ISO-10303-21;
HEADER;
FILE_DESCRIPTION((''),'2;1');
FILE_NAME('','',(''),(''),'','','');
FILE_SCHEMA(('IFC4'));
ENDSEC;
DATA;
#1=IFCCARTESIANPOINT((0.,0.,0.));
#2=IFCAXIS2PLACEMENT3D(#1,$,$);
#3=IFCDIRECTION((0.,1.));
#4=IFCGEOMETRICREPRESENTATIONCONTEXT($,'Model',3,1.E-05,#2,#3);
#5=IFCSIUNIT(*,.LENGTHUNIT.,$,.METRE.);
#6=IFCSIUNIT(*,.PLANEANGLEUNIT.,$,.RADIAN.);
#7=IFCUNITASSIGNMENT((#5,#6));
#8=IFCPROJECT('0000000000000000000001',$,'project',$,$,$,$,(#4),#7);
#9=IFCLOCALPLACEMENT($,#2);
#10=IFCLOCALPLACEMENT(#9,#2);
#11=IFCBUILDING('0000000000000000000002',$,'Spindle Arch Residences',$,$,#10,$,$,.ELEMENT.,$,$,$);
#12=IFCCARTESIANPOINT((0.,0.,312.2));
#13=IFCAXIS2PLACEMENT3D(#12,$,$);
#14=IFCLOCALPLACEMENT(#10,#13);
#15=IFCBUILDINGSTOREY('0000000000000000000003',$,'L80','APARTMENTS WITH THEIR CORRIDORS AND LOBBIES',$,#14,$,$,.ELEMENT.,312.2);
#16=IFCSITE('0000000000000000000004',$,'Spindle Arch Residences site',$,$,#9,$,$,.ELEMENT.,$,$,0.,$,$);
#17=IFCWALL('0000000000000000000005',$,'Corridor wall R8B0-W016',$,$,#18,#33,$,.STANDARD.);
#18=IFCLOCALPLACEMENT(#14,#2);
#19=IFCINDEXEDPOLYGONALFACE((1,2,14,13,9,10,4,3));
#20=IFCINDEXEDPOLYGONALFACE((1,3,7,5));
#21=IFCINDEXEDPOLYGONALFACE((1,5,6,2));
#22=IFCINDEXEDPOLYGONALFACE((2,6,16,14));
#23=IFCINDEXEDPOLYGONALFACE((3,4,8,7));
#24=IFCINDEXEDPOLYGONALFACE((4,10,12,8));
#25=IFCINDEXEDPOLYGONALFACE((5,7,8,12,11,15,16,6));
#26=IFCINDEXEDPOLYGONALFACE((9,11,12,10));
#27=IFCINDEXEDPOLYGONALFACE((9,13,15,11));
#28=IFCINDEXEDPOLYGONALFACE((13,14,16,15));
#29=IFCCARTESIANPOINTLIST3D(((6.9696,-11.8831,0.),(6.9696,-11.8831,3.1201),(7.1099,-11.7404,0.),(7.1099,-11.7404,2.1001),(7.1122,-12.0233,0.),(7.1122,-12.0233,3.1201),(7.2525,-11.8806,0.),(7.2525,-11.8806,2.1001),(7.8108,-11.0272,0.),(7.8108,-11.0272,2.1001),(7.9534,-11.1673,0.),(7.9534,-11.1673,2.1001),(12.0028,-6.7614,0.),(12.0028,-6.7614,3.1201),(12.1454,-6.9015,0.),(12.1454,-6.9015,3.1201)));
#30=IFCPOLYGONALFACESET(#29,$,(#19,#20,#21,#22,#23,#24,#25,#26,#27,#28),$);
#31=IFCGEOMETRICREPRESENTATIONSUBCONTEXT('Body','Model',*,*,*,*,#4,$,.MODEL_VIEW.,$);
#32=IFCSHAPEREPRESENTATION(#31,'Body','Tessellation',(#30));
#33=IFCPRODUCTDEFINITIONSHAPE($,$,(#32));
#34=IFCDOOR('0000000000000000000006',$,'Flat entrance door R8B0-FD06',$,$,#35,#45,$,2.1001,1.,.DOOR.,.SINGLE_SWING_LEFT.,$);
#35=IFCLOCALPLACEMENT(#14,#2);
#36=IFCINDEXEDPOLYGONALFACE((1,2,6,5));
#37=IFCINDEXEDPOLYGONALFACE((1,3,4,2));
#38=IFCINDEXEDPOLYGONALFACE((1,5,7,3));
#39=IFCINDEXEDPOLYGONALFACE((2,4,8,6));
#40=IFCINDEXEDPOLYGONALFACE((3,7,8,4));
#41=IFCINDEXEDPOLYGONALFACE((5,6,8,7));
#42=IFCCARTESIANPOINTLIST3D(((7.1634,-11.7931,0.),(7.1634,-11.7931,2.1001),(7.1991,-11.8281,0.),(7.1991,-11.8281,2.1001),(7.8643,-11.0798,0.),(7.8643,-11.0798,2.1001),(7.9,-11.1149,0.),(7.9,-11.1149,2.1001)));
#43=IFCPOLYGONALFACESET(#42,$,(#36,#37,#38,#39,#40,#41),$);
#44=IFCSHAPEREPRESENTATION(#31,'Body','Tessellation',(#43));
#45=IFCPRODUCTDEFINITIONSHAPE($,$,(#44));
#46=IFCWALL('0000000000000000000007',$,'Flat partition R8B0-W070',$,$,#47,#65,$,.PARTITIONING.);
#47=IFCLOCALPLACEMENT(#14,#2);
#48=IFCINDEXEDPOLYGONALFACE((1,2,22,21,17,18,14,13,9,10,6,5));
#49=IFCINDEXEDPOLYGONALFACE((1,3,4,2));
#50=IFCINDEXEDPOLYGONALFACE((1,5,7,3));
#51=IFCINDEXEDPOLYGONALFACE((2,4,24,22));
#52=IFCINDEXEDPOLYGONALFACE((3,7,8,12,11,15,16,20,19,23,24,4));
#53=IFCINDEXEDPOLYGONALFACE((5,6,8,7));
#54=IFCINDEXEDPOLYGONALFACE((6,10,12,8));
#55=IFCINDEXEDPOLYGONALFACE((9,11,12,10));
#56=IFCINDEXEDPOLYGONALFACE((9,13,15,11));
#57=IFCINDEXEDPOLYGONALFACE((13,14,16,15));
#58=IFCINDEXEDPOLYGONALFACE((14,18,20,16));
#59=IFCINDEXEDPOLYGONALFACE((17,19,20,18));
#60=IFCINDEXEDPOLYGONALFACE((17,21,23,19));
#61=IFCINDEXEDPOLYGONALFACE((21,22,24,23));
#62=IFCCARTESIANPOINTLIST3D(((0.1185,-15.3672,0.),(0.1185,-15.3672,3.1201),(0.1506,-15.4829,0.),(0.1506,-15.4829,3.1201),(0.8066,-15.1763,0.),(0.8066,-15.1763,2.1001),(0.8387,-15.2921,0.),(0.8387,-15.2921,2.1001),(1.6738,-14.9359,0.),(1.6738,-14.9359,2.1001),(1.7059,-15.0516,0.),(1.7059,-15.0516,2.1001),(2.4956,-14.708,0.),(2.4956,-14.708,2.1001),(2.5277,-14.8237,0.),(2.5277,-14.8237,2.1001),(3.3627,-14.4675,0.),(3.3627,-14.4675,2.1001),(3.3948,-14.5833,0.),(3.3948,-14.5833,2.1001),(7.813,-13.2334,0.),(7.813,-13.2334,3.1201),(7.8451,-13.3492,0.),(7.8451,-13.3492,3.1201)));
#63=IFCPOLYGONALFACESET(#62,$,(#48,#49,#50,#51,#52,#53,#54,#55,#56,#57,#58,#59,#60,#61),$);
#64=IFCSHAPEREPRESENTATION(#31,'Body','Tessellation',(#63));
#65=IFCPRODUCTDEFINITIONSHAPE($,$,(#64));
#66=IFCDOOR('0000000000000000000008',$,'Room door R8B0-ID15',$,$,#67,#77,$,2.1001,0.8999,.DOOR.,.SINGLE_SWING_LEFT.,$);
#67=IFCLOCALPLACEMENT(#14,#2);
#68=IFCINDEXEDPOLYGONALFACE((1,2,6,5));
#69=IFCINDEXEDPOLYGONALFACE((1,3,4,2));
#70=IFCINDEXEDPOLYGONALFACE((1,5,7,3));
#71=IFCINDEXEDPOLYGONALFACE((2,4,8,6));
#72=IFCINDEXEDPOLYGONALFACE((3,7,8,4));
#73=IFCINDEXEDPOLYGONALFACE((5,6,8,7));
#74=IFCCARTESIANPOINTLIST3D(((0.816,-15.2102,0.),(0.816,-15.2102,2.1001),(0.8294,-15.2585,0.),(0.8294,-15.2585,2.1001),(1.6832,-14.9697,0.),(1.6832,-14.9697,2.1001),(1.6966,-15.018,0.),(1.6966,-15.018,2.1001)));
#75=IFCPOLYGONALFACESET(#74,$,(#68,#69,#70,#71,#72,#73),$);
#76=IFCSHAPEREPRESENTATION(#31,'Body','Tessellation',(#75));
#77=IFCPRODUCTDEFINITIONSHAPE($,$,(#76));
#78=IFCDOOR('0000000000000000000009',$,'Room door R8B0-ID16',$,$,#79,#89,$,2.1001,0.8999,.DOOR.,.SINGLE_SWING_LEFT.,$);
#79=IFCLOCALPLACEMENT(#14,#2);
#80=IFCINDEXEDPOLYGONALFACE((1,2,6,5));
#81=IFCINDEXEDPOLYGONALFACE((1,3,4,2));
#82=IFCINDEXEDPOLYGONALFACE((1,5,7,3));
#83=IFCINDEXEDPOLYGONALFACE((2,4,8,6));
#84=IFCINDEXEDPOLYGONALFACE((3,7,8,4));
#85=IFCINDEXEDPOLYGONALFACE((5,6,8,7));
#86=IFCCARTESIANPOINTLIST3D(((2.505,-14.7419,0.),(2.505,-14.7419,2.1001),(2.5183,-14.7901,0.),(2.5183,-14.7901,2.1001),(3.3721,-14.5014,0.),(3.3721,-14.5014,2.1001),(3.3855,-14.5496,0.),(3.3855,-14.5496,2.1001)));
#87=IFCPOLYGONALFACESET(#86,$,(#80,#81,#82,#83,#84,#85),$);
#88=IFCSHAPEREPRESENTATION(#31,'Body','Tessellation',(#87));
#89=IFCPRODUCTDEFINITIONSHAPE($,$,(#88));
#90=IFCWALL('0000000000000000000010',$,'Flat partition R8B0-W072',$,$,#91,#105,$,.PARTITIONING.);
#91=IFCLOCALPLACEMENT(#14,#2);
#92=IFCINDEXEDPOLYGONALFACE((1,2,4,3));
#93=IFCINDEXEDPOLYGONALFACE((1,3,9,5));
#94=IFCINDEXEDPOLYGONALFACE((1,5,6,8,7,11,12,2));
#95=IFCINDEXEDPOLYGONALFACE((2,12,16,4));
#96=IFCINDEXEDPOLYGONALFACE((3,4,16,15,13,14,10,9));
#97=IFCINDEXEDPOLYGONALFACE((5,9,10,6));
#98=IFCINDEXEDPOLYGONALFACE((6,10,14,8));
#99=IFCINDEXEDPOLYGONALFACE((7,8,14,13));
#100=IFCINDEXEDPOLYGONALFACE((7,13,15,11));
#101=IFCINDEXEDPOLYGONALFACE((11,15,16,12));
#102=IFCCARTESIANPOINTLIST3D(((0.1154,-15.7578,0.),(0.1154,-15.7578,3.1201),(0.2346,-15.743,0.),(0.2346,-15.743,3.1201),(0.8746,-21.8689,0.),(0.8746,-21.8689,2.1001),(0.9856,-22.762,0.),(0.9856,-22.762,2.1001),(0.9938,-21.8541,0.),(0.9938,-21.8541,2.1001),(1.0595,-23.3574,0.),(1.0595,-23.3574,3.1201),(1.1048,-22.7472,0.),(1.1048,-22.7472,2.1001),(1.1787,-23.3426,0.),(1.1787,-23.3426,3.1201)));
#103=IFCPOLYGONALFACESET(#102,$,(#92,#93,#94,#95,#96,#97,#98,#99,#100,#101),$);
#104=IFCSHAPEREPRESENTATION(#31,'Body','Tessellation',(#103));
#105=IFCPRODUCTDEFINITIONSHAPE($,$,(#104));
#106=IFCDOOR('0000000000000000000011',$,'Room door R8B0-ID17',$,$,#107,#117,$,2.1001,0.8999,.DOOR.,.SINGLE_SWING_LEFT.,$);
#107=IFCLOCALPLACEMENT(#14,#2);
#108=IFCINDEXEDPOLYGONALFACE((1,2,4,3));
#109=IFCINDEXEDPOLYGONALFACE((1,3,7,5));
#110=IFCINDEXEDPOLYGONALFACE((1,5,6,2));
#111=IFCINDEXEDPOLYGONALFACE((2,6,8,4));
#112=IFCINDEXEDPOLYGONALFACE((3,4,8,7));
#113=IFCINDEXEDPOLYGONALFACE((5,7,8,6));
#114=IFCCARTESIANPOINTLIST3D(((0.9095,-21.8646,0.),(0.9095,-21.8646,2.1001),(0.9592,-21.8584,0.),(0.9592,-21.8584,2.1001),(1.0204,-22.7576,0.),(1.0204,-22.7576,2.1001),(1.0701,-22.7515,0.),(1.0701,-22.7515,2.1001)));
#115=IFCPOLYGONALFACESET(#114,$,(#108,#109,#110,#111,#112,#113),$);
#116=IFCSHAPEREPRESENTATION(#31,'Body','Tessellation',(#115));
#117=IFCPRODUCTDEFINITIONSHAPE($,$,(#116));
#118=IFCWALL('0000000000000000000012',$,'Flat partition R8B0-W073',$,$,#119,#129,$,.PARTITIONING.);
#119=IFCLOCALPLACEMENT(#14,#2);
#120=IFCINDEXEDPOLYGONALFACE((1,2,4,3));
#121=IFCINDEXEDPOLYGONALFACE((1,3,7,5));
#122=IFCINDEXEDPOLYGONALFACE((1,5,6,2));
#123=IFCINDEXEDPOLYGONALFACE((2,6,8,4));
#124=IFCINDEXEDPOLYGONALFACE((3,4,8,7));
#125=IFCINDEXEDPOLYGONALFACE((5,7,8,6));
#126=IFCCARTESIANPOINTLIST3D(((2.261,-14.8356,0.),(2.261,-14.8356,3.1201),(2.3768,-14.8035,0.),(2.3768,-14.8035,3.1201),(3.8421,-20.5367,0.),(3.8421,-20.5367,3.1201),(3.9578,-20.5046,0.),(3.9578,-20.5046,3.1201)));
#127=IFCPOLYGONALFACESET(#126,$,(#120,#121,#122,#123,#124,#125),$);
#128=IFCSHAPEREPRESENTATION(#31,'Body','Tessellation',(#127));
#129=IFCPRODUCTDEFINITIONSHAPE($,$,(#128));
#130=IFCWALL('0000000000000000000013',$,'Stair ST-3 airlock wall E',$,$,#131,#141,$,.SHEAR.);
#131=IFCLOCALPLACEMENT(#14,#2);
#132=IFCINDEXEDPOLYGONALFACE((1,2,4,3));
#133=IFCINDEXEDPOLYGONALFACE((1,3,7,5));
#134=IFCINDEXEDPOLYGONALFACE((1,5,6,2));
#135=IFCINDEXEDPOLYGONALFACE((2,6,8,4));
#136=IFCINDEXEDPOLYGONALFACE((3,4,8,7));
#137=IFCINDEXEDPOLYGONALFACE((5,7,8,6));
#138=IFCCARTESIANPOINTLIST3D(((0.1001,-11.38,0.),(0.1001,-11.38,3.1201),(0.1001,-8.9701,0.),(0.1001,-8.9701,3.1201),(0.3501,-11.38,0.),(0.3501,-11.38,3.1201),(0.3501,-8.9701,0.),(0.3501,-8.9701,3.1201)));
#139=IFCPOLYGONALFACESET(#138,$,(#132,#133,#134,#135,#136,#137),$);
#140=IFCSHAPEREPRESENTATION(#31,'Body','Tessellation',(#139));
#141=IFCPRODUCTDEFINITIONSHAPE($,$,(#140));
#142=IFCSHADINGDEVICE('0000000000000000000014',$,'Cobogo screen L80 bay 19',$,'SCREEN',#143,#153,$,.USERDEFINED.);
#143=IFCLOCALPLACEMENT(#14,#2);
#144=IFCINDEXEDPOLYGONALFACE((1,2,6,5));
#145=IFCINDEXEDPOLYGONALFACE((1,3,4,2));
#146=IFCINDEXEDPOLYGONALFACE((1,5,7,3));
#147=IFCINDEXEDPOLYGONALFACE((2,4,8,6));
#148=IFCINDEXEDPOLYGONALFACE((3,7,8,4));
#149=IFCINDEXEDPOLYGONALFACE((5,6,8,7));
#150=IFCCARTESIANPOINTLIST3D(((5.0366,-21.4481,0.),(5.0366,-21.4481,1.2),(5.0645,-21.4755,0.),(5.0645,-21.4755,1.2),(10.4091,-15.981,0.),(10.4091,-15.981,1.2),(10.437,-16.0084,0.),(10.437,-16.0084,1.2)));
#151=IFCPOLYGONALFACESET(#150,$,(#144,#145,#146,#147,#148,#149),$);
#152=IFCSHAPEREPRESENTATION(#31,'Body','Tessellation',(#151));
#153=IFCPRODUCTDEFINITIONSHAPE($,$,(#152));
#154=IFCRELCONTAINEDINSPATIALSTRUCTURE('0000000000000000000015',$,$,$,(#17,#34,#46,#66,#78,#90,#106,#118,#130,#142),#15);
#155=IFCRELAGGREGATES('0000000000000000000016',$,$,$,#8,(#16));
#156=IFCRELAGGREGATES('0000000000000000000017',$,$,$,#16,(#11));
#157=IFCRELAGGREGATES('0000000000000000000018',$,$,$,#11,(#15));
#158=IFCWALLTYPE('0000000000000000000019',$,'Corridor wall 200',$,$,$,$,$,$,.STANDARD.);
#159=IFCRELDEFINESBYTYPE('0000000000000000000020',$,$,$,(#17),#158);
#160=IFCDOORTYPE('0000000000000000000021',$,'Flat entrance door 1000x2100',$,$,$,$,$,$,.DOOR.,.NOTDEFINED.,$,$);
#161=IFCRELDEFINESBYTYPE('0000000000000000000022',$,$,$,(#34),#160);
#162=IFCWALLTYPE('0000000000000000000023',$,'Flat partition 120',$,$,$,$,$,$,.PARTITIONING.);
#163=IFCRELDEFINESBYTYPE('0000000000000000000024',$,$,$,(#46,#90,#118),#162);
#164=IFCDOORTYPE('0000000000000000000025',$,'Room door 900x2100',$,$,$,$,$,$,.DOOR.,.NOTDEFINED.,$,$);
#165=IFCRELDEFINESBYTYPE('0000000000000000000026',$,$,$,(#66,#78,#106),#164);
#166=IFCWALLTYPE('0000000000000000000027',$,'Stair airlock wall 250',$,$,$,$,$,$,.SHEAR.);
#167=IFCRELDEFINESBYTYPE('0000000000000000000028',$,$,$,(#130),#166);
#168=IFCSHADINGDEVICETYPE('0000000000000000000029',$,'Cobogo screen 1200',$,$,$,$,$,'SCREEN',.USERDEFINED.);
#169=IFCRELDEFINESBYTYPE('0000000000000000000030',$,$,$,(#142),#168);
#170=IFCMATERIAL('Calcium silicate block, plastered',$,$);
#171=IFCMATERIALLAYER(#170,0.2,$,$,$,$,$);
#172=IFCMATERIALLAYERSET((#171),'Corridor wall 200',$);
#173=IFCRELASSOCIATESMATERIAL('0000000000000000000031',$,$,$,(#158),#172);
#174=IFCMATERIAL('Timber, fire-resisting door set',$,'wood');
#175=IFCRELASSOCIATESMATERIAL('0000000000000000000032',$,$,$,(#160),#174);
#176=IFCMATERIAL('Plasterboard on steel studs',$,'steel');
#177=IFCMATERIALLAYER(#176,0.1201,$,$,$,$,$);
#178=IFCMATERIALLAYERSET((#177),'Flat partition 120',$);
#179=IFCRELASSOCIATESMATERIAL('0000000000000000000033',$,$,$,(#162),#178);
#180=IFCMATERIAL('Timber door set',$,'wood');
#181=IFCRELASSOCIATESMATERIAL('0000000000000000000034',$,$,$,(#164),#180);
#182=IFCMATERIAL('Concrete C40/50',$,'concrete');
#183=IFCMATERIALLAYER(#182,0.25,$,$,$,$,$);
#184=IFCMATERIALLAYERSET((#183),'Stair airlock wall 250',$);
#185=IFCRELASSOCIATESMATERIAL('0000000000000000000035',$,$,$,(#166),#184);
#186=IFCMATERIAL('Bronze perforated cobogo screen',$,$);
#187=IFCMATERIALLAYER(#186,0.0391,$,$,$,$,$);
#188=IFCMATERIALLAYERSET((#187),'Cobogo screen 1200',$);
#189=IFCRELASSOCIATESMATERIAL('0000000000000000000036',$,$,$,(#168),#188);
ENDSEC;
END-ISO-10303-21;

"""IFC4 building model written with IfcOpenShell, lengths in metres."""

from ifc_helpers import new_model, si_unit, direction, frame, frame_2d, origin, origin_2d, place, context, subcontext, project, spatial, rectangle, extrude, material, layer, layer_set, type_object, element, fill, save


model = new_model("IFC4")

# Units and contexts
model_context = context("Model", 3, precision=1e-05, world=origin(), true_north=direction((0.0, 1.0)))
body_context = subcontext(model_context, "Body", "Model", "MODEL_VIEW")
ifc_project = project(units=[si_unit("LENGTHUNIT", "METRE"), si_unit("PLANEANGLEUNIT", "RADIAN")], contexts=[model_context])

# Site, building, storey
site_placement = place(None, origin())
site = spatial("IfcSite", under=ifc_project, at=site_placement, Name="Spindle Arch Residences site", CompositionType="ELEMENT", RefElevation=0.0)
building_placement = place(site_placement, origin())
building = spatial("IfcBuilding", under=site, at=building_placement, Name="Spindle Arch Residences", CompositionType="ELEMENT")
storey_placement = place(building_placement, frame((0.0, 0.0, 312.2)))
storey = spatial("IfcBuildingStorey", under=building, at=storey_placement, Name="L80", Description="APARTMENTS WITH THEIR CORRIDORS AND LOBBIES", CompositionType="ELEMENT", Elevation=312.2)

# Shared definitions
ifc_material_1 = material(Name="Calcium silicate block, plastered")
ifc_layer_1 = layer(ifc_material_1, 0.2)
ifc_layer_set_1 = layer_set([ifc_layer_1], Name="Corridor wall 200")
wall_type_1 = type_object("IfcWallType", Name="Corridor wall 200", PredefinedType="STANDARD", material=ifc_layer_set_1)

# Wall, opening, door
wall_1_placement = place(storey_placement, frame((7.041, -11.9531, 0.0), z_axis=(0.0, 0.0, 1.0), x_axis=(0.700909, 0.713251, 0.0)))
wall_1 = element("IfcWall", 1, at=wall_1_placement, inside=storey, type_object=wall_type_1, Name="Corridor wall R8B0-W016", PredefinedType="STANDARD", context=body_context, shape_type="SweptSolid", body=[
    extrude(rectangle(XDim=7.1809, YDim=0.2, at=frame_2d((3.5903, 0.0))), origin(), (0.0, 0.0, 1.0), 3.1201),
])
opening_1_placement = place(wall_1_placement, frame((0.2, 0.0, 0.0)))
opening_1 = element("IfcOpeningElement", 2, at=opening_1_placement, cuts=wall_1, PredefinedType="OPENING", context=body_context, shape_type="SweptSolid", body=[
    extrude(rectangle(XDim=1.0, YDim=2.1001, at=frame_2d((0.5, 1.05))), frame((0.0, 0.1099, 0.0), z_axis=(0.0, -1.0, 0.0), x_axis=(1.0, 0.0, 0.0)), (0.0, 0.0, 1.0), 0.22),
])
ifc_material_2 = material(Name="Timber, fire-resisting door set", Category="wood")
door_type_1 = type_object("IfcDoorType", Name="Flat entrance door 1000x2100", OperationType="NOTDEFINED", PredefinedType="DOOR", material=ifc_material_2)
door_1_placement = place(opening_1_placement, origin())
door_1 = element("IfcDoor", 3, at=door_1_placement, inside=storey, type_object=door_type_1, Name="Flat entrance door R8B0-FD06", OperationType="SINGLE_SWING_LEFT", OverallHeight=2.1001, OverallWidth=1.0, PredefinedType="DOOR", context=body_context, shape_type="SweptSolid", body=[
    extrude(rectangle(XDim=1.0, YDim=2.1001, at=frame_2d((0.5, 1.05))), frame((0.0, 0.0249, 0.0), z_axis=(0.0, -1.0, 0.0), x_axis=(1.0, 0.0, 0.0)), (0.0, 0.0, 1.0), 0.05),
])
fill(opening_1, door_1)

# Wall, openings, doors
ifc_material_3 = material(Name="Plasterboard on steel studs", Category="steel")
ifc_layer_2 = layer(ifc_material_3, 0.1201)
ifc_layer_set_2 = layer_set([ifc_layer_2], Name="Flat partition 120")
wall_type_2 = type_object("IfcWallType", Name="Flat partition 120", PredefinedType="PARTITIONING", material=ifc_layer_set_2)
wall_2_placement = place(storey_placement, frame((0.1345, -15.425, 0.0), z_axis=(0.0, 0.0, 1.0), x_axis=(0.963634, 0.267226, 0.0)))
wall_2 = element("IfcWall", 4, at=wall_2_placement, inside=storey, type_object=wall_type_2, Name="Flat partition R8B0-W070", PredefinedType="PARTITIONING", context=body_context, shape_type="SweptSolid", body=[
    extrude(rectangle(XDim=7.9849, YDim=0.1201, at=frame_2d((3.9924, 0.0))), origin(), (0.0, 0.0, 1.0), 3.1201),
])
opening_2_placement = place(wall_2_placement, frame((0.7141, 0.0, 0.0)))
opening_2 = element("IfcOpeningElement", 5, at=opening_2_placement, cuts=wall_2, PredefinedType="OPENING", context=body_context, shape_type="SweptSolid", body=[
    extrude(rectangle(XDim=0.8999, YDim=2.1001, at=frame_2d((0.45, 1.05))), frame((0.0, 0.0701, 0.0), z_axis=(0.0, -1.0, 0.0), x_axis=(1.0, 0.0, 0.0)), (0.0, 0.0, 1.0), 0.1401),
])
opening_3_placement = place(wall_2_placement, frame((2.4668, 0.0, 0.0)))
opening_3 = element("IfcOpeningElement", 6, at=opening_3_placement, cuts=wall_2, PredefinedType="OPENING", context=body_context, shape_type="SweptSolid", body=[
    extrude(rectangle(XDim=0.8999, YDim=2.1001, at=frame_2d((0.45, 1.05))), frame((0.0, 0.0701, 0.0), z_axis=(0.0, -1.0, 0.0), x_axis=(1.0, 0.0, 0.0)), (0.0, 0.0, 1.0), 0.1401),
])
ifc_material_4 = material(Name="Timber door set", Category="wood")
door_type_2 = type_object("IfcDoorType", Name="Room door 900x2100", OperationType="NOTDEFINED", PredefinedType="DOOR", material=ifc_material_4)
door_2_placement = place(opening_2_placement, origin())
door_2 = element("IfcDoor", 7, at=door_2_placement, inside=storey, type_object=door_type_2, Name="Room door R8B0-ID15", OperationType="SINGLE_SWING_LEFT", OverallHeight=2.1001, OverallWidth=0.8999, PredefinedType="DOOR", context=body_context, shape_type="SweptSolid", body=[
    extrude(rectangle(XDim=0.8999, YDim=2.1001, at=frame_2d((0.45, 1.05))), frame((0.0, 0.0249, 0.0), z_axis=(0.0, -1.0, 0.0), x_axis=(1.0, 0.0, 0.0)), (0.0, 0.0, 1.0), 0.05),
])
fill(opening_2, door_2)
door_3_placement = place(opening_3_placement, origin())
door_3 = element("IfcDoor", 8, at=door_3_placement, inside=storey, type_object=door_type_2, Name="Room door R8B0-ID16", OperationType="SINGLE_SWING_LEFT", OverallHeight=2.1001, OverallWidth=0.8999, PredefinedType="DOOR", context=body_context, shape_type="SweptSolid", body=[
    extrude(rectangle(XDim=0.8999, YDim=2.1001, at=frame_2d((0.45, 1.05))), frame((0.0, 0.0249, 0.0), z_axis=(0.0, -1.0, 0.0), x_axis=(1.0, 0.0, 0.0)), (0.0, 0.0, 1.0), 0.05),
])
fill(opening_3, door_3)

# Wall, opening, door
wall_3_placement = place(storey_placement, frame((1.1191, -23.3501, 0.0), z_axis=(0.0, 0.0, 1.0), x_axis=(-0.123281, 0.992372, 0.0)))
wall_3 = element("IfcWall", 9, at=wall_3_placement, inside=storey, type_object=wall_type_2, Name="Flat partition R8B0-W072", PredefinedType="PARTITIONING", context=body_context, shape_type="SweptSolid", body=[
    extrude(rectangle(XDim=7.658, YDim=0.1201, at=frame_2d((3.8291, 0.0))), origin(), (0.0, 0.0, 1.0), 3.1201),
])
opening_4_placement = place(wall_3_placement, frame((0.6001, 0.0, 0.0)))
opening_4 = element("IfcOpeningElement", 10, at=opening_4_placement, cuts=wall_3, PredefinedType="OPENING", context=body_context, shape_type="SweptSolid", body=[
    extrude(rectangle(XDim=0.8999, YDim=2.1001, at=frame_2d((0.45, 1.05))), frame((0.0, 0.0701, 0.0), z_axis=(0.0, -1.0, 0.0), x_axis=(1.0, 0.0, 0.0)), (0.0, 0.0, 1.0), 0.1401),
])
door_4_placement = place(opening_4_placement, origin())
door_4 = element("IfcDoor", 11, at=door_4_placement, inside=storey, type_object=door_type_2, Name="Room door R8B0-ID17", OperationType="SINGLE_SWING_LEFT", OverallHeight=2.1001, OverallWidth=0.8999, PredefinedType="DOOR", context=body_context, shape_type="SweptSolid", body=[
    extrude(rectangle(XDim=0.8999, YDim=2.1001, at=frame_2d((0.45, 1.05))), frame((0.0, 0.0249, 0.0), z_axis=(0.0, -1.0, 0.0), x_axis=(1.0, 0.0, 0.0)), (0.0, 0.0, 1.0), 0.05),
])
fill(opening_4, door_4)

# Wall
wall_4_placement = place(storey_placement, frame((3.8999, -20.5205, 0.0), z_axis=(0.0, 0.0, 1.0), x_axis=(-0.267235, 0.963631, 0.0)))
element("IfcWall", 12, at=wall_4_placement, inside=storey, type_object=wall_type_2, Name="Flat partition R8B0-W073", PredefinedType="PARTITIONING", context=body_context, shape_type="SweptSolid", body=[
    extrude(rectangle(XDim=5.9163, YDim=0.1201, at=frame_2d((2.958, 0.0))), origin(), (0.0, 0.0, 1.0), 3.1201),
])

# Wall
ifc_material_5 = material(Name="Concrete C40/50", Category="concrete")
ifc_layer_3 = layer(ifc_material_5, 0.25)
ifc_layer_set_3 = layer_set([ifc_layer_3], Name="Stair airlock wall 250")
wall_type_3 = type_object("IfcWallType", Name="Stair airlock wall 250", PredefinedType="SHEAR", material=ifc_layer_set_3)
wall_5_placement = place(storey_placement, frame((0.2251, -8.97, 0.0), z_axis=(0.0, 0.0, 1.0), x_axis=(0.0, -1.0, 0.0)))
element("IfcWall", 13, at=wall_5_placement, inside=storey, type_object=wall_type_3, Name="Stair ST-3 airlock wall E", PredefinedType="SHEAR", context=body_context, shape_type="SweptSolid", body=[
    extrude(rectangle(XDim=2.4099, YDim=0.25, at=frame_2d((1.2051, 0.0))), origin(), (0.0, 0.0, 1.0), 3.1201),
])

# Shading device
ifc_material_6 = material(Name="Bronze perforated cobogo screen")
ifc_layer_4 = layer(ifc_material_6, 0.0391)
ifc_layer_set_4 = layer_set([ifc_layer_4], Name="Cobogo screen 1200")
shading_device_type = type_object("IfcShadingDeviceType", Name="Cobogo screen 1200", ElementType="SCREEN", PredefinedType="USERDEFINED", material=ifc_layer_set_4)
shading_device_placement = place(storey_placement, frame((7.7368, -18.7283, 0.0), z_axis=(0.0, 0.0, 1.0), x_axis=(0.700909, 0.71325, 0.0)))
element("IfcShadingDevice", 14, at=shading_device_placement, inside=storey, type_object=shading_device_type, Name="Cobogo screen L80 bay 19", ObjectType="SCREEN", PredefinedType="USERDEFINED", context=body_context, shape_type="SweptSolid", body=[
    extrude(rectangle(XDim=7.665, YDim=0.0391, at=origin_2d()), origin(), (0.0, 0.0, 1.0), 1.2),
])

save(model, "model.ifc")
